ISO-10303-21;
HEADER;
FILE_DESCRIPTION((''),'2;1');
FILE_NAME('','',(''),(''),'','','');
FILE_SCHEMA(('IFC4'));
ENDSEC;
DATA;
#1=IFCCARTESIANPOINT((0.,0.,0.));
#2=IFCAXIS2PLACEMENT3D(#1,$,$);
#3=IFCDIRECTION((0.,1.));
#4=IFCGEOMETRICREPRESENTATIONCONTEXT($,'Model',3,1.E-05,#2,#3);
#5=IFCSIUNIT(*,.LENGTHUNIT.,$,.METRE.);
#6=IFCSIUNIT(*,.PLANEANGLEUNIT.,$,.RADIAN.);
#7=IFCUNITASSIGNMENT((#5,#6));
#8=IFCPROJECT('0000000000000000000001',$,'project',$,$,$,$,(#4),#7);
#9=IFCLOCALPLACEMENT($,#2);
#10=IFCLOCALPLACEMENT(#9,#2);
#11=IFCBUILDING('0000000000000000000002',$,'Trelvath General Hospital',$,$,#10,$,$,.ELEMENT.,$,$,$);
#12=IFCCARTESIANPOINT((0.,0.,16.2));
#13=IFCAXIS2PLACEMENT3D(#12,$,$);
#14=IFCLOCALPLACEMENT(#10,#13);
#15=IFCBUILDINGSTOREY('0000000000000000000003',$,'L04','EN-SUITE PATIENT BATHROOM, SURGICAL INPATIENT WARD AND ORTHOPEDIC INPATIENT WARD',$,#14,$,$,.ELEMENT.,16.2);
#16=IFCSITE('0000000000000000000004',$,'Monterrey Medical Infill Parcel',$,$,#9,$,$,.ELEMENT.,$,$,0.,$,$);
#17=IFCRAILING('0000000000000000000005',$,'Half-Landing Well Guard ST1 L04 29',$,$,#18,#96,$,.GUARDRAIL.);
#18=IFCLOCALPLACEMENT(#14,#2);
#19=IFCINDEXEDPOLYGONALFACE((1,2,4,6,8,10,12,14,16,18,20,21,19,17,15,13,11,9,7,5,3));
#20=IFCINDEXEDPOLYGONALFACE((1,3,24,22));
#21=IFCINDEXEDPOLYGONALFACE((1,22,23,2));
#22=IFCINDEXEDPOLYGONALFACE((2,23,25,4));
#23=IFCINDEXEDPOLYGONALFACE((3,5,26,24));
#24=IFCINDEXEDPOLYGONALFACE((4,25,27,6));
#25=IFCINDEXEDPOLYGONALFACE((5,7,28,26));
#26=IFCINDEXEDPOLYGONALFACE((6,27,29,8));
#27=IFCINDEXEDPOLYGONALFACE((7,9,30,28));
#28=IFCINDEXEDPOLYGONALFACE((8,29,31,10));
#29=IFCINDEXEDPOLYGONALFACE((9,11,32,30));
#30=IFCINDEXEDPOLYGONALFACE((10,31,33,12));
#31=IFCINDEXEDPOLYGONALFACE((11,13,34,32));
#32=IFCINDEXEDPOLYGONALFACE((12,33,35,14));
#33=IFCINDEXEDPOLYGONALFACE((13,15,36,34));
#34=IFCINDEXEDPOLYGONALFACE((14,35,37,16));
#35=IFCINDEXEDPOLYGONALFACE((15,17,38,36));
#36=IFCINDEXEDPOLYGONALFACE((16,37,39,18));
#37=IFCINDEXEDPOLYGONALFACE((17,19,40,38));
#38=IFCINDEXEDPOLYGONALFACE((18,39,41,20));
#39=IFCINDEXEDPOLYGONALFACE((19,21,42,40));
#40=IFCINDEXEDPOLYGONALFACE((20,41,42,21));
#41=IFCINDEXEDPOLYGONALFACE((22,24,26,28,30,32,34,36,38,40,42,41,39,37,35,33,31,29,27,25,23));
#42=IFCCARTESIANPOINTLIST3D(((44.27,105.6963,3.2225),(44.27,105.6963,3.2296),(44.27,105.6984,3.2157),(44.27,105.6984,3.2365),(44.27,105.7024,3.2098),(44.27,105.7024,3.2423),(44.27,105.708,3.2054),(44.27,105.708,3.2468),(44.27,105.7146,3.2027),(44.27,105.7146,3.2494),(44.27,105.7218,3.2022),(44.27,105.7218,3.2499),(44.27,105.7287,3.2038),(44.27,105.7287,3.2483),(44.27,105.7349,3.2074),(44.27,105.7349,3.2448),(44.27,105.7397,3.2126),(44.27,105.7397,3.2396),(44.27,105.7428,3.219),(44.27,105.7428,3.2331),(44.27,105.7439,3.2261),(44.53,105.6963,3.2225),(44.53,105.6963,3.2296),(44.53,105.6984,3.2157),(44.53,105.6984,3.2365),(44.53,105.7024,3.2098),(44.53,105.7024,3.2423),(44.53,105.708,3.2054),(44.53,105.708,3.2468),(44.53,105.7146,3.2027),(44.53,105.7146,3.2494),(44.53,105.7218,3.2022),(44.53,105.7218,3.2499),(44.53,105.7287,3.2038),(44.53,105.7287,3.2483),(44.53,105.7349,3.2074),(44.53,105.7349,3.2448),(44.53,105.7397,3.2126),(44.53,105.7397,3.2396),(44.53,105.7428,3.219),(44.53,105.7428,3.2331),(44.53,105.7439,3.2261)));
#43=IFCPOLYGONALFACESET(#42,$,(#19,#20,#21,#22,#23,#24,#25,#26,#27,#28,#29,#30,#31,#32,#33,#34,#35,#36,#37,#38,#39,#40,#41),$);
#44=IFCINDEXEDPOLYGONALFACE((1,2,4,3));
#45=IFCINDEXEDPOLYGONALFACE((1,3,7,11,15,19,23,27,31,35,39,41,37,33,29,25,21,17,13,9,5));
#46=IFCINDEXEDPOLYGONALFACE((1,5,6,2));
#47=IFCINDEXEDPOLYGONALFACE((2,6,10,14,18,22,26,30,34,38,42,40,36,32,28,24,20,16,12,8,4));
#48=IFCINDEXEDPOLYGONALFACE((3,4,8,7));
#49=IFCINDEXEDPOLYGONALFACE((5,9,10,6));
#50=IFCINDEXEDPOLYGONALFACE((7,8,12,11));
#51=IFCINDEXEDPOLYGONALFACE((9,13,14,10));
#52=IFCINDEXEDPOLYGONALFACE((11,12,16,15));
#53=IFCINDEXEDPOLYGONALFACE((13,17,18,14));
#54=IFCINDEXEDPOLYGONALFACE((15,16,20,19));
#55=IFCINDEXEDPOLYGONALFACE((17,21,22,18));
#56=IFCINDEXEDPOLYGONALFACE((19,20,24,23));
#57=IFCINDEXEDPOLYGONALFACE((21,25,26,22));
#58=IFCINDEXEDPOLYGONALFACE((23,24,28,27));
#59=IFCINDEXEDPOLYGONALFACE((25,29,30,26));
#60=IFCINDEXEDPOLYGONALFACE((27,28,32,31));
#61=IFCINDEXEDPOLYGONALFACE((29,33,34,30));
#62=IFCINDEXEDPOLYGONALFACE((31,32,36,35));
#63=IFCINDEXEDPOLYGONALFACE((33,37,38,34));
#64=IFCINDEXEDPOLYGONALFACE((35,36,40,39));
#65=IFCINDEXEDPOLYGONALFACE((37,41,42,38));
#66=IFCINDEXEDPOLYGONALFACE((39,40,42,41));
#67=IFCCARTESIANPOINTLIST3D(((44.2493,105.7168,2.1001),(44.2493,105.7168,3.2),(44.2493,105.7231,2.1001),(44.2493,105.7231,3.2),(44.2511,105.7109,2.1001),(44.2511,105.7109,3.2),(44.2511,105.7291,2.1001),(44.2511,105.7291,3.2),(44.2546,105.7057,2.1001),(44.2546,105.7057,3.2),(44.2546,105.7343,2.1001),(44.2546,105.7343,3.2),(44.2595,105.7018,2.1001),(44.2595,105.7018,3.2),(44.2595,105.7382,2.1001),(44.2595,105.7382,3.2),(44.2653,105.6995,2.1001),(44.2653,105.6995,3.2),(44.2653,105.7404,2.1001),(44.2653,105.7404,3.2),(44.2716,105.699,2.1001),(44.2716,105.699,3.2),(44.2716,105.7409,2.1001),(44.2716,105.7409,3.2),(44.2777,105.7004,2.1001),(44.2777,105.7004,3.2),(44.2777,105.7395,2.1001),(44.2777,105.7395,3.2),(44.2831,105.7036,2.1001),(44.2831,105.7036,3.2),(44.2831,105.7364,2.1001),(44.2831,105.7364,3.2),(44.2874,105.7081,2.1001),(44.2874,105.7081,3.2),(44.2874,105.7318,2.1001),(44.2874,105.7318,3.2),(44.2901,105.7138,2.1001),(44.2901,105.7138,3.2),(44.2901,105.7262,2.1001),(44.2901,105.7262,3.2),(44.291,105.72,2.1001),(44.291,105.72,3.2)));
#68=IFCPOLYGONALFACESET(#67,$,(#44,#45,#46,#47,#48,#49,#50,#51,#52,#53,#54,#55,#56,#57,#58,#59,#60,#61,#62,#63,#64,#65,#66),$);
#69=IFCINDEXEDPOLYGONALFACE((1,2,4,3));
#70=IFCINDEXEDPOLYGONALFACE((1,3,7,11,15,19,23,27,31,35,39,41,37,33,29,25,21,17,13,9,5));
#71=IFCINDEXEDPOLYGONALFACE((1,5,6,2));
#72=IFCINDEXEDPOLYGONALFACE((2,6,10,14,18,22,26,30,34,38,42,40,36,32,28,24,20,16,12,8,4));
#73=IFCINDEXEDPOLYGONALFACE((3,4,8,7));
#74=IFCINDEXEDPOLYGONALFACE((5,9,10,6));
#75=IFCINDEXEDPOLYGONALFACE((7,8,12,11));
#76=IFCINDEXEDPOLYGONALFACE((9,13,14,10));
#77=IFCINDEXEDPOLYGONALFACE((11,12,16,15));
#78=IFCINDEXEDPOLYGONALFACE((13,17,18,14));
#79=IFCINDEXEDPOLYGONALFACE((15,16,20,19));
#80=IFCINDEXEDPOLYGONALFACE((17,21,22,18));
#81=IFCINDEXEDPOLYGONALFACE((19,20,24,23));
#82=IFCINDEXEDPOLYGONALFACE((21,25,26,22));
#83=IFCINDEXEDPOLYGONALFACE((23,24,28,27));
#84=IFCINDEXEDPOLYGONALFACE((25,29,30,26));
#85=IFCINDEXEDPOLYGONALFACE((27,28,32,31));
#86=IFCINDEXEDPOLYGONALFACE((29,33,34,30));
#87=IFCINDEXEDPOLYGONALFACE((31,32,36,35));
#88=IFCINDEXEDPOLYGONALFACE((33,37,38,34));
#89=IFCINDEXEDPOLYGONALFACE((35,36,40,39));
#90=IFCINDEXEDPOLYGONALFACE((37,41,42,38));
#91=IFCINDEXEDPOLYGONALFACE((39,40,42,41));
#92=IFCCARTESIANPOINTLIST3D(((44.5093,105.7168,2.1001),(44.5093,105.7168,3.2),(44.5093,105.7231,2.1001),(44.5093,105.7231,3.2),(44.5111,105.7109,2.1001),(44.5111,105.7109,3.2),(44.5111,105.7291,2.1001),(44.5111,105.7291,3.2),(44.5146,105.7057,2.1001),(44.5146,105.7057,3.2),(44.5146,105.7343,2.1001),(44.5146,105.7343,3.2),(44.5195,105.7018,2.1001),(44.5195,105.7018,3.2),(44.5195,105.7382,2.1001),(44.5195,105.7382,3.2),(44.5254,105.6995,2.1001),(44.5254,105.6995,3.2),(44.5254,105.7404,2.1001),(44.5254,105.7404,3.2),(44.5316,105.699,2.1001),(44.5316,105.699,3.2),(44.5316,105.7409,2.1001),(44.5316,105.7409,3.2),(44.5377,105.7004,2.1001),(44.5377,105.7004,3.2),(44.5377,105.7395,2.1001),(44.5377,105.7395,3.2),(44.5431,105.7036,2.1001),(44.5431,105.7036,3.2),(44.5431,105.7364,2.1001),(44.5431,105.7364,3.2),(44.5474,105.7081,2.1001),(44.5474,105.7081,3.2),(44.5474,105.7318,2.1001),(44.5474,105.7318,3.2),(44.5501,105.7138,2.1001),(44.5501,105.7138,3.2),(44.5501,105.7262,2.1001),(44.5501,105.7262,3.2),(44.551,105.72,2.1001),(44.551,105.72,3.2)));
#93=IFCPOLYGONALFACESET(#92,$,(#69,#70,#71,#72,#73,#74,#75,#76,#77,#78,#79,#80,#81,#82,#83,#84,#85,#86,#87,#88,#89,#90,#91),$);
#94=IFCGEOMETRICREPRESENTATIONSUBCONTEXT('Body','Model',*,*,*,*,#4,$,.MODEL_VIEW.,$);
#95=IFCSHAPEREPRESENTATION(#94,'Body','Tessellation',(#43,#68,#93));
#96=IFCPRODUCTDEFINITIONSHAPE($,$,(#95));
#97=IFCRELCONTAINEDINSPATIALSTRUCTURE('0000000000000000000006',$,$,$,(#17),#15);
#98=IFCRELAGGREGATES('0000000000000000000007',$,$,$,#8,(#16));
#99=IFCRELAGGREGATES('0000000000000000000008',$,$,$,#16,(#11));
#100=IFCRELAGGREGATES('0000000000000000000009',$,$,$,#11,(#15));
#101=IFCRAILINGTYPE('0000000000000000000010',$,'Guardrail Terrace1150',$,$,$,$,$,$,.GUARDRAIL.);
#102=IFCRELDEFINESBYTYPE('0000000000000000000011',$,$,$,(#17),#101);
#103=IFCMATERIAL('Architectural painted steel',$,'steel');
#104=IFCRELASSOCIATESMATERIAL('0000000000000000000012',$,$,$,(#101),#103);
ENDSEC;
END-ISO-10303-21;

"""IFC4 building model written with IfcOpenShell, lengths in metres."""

from ifc_helpers import new_model, si_unit, direction, frame, origin, origin_2d, place, context, subcontext, project, spatial, circle, extrude, material, type_object, element, save


model = new_model("IFC4")

# Units and contexts
model_context = context("Model", 3, precision=1e-05, world=origin(), true_north=direction((0.0, 1.0)))
body_context = subcontext(model_context, "Body", "Model", "MODEL_VIEW")
ifc_project = project(units=[si_unit("LENGTHUNIT", "METRE"), si_unit("PLANEANGLEUNIT", "RADIAN")], contexts=[model_context])

# Site, building, storey
site_placement = place(None, origin())
site = spatial("IfcSite", under=ifc_project, at=site_placement, Name="Monterrey Medical Infill Parcel", CompositionType="ELEMENT", RefElevation=0.0)
building_placement = place(site_placement, origin())
building = spatial("IfcBuilding", under=site, at=building_placement, Name="Trelvath General Hospital", CompositionType="ELEMENT")
storey_placement = place(building_placement, frame((0.0, 0.0, 16.2)))
storey = spatial("IfcBuildingStorey", under=building, at=storey_placement, Name="L04", Description="EN-SUITE PATIENT BATHROOM, SURGICAL INPATIENT WARD AND ORTHOPEDIC INPATIENT WARD", CompositionType="ELEMENT", Elevation=16.2)

# Railing
ifc_material_1 = material(Name="Architectural painted steel", Category="steel")
railing_type_1 = type_object("IfcRailingType", Name="Guardrail Terrace1150", PredefinedType="GUARDRAIL", material=ifc_material_1)
railing_1_placement = place(storey_placement, frame((44.27, 105.72, 2.1001)))
element("IfcRailing", 1, at=railing_1_placement, inside=storey, type_object=railing_type_1, Name="Half-Landing Well Guard ST1 L04 29", PredefinedType="GUARDRAIL", context=body_context, shape_type="SweptSolid", body=[
    extrude(circle(Radius=0.0239, at=origin_2d()), frame((0.0, 0.0, 1.126), z_axis=(1.0, 0.0, 0.0), x_axis=(0.0, 1.0, 0.0)), (0.0, 0.0, 1.0), 0.26),
    extrude(circle(Radius=0.021, at=origin_2d()), origin(), (0.0, 0.0, 1.0), 1.0999),
    extrude(circle(Radius=0.021, at=origin_2d()), frame((0.26, 0.0, 0.0)), (0.0, 0.0, 1.0), 1.0999),
])

save(model, "model.ifc")
